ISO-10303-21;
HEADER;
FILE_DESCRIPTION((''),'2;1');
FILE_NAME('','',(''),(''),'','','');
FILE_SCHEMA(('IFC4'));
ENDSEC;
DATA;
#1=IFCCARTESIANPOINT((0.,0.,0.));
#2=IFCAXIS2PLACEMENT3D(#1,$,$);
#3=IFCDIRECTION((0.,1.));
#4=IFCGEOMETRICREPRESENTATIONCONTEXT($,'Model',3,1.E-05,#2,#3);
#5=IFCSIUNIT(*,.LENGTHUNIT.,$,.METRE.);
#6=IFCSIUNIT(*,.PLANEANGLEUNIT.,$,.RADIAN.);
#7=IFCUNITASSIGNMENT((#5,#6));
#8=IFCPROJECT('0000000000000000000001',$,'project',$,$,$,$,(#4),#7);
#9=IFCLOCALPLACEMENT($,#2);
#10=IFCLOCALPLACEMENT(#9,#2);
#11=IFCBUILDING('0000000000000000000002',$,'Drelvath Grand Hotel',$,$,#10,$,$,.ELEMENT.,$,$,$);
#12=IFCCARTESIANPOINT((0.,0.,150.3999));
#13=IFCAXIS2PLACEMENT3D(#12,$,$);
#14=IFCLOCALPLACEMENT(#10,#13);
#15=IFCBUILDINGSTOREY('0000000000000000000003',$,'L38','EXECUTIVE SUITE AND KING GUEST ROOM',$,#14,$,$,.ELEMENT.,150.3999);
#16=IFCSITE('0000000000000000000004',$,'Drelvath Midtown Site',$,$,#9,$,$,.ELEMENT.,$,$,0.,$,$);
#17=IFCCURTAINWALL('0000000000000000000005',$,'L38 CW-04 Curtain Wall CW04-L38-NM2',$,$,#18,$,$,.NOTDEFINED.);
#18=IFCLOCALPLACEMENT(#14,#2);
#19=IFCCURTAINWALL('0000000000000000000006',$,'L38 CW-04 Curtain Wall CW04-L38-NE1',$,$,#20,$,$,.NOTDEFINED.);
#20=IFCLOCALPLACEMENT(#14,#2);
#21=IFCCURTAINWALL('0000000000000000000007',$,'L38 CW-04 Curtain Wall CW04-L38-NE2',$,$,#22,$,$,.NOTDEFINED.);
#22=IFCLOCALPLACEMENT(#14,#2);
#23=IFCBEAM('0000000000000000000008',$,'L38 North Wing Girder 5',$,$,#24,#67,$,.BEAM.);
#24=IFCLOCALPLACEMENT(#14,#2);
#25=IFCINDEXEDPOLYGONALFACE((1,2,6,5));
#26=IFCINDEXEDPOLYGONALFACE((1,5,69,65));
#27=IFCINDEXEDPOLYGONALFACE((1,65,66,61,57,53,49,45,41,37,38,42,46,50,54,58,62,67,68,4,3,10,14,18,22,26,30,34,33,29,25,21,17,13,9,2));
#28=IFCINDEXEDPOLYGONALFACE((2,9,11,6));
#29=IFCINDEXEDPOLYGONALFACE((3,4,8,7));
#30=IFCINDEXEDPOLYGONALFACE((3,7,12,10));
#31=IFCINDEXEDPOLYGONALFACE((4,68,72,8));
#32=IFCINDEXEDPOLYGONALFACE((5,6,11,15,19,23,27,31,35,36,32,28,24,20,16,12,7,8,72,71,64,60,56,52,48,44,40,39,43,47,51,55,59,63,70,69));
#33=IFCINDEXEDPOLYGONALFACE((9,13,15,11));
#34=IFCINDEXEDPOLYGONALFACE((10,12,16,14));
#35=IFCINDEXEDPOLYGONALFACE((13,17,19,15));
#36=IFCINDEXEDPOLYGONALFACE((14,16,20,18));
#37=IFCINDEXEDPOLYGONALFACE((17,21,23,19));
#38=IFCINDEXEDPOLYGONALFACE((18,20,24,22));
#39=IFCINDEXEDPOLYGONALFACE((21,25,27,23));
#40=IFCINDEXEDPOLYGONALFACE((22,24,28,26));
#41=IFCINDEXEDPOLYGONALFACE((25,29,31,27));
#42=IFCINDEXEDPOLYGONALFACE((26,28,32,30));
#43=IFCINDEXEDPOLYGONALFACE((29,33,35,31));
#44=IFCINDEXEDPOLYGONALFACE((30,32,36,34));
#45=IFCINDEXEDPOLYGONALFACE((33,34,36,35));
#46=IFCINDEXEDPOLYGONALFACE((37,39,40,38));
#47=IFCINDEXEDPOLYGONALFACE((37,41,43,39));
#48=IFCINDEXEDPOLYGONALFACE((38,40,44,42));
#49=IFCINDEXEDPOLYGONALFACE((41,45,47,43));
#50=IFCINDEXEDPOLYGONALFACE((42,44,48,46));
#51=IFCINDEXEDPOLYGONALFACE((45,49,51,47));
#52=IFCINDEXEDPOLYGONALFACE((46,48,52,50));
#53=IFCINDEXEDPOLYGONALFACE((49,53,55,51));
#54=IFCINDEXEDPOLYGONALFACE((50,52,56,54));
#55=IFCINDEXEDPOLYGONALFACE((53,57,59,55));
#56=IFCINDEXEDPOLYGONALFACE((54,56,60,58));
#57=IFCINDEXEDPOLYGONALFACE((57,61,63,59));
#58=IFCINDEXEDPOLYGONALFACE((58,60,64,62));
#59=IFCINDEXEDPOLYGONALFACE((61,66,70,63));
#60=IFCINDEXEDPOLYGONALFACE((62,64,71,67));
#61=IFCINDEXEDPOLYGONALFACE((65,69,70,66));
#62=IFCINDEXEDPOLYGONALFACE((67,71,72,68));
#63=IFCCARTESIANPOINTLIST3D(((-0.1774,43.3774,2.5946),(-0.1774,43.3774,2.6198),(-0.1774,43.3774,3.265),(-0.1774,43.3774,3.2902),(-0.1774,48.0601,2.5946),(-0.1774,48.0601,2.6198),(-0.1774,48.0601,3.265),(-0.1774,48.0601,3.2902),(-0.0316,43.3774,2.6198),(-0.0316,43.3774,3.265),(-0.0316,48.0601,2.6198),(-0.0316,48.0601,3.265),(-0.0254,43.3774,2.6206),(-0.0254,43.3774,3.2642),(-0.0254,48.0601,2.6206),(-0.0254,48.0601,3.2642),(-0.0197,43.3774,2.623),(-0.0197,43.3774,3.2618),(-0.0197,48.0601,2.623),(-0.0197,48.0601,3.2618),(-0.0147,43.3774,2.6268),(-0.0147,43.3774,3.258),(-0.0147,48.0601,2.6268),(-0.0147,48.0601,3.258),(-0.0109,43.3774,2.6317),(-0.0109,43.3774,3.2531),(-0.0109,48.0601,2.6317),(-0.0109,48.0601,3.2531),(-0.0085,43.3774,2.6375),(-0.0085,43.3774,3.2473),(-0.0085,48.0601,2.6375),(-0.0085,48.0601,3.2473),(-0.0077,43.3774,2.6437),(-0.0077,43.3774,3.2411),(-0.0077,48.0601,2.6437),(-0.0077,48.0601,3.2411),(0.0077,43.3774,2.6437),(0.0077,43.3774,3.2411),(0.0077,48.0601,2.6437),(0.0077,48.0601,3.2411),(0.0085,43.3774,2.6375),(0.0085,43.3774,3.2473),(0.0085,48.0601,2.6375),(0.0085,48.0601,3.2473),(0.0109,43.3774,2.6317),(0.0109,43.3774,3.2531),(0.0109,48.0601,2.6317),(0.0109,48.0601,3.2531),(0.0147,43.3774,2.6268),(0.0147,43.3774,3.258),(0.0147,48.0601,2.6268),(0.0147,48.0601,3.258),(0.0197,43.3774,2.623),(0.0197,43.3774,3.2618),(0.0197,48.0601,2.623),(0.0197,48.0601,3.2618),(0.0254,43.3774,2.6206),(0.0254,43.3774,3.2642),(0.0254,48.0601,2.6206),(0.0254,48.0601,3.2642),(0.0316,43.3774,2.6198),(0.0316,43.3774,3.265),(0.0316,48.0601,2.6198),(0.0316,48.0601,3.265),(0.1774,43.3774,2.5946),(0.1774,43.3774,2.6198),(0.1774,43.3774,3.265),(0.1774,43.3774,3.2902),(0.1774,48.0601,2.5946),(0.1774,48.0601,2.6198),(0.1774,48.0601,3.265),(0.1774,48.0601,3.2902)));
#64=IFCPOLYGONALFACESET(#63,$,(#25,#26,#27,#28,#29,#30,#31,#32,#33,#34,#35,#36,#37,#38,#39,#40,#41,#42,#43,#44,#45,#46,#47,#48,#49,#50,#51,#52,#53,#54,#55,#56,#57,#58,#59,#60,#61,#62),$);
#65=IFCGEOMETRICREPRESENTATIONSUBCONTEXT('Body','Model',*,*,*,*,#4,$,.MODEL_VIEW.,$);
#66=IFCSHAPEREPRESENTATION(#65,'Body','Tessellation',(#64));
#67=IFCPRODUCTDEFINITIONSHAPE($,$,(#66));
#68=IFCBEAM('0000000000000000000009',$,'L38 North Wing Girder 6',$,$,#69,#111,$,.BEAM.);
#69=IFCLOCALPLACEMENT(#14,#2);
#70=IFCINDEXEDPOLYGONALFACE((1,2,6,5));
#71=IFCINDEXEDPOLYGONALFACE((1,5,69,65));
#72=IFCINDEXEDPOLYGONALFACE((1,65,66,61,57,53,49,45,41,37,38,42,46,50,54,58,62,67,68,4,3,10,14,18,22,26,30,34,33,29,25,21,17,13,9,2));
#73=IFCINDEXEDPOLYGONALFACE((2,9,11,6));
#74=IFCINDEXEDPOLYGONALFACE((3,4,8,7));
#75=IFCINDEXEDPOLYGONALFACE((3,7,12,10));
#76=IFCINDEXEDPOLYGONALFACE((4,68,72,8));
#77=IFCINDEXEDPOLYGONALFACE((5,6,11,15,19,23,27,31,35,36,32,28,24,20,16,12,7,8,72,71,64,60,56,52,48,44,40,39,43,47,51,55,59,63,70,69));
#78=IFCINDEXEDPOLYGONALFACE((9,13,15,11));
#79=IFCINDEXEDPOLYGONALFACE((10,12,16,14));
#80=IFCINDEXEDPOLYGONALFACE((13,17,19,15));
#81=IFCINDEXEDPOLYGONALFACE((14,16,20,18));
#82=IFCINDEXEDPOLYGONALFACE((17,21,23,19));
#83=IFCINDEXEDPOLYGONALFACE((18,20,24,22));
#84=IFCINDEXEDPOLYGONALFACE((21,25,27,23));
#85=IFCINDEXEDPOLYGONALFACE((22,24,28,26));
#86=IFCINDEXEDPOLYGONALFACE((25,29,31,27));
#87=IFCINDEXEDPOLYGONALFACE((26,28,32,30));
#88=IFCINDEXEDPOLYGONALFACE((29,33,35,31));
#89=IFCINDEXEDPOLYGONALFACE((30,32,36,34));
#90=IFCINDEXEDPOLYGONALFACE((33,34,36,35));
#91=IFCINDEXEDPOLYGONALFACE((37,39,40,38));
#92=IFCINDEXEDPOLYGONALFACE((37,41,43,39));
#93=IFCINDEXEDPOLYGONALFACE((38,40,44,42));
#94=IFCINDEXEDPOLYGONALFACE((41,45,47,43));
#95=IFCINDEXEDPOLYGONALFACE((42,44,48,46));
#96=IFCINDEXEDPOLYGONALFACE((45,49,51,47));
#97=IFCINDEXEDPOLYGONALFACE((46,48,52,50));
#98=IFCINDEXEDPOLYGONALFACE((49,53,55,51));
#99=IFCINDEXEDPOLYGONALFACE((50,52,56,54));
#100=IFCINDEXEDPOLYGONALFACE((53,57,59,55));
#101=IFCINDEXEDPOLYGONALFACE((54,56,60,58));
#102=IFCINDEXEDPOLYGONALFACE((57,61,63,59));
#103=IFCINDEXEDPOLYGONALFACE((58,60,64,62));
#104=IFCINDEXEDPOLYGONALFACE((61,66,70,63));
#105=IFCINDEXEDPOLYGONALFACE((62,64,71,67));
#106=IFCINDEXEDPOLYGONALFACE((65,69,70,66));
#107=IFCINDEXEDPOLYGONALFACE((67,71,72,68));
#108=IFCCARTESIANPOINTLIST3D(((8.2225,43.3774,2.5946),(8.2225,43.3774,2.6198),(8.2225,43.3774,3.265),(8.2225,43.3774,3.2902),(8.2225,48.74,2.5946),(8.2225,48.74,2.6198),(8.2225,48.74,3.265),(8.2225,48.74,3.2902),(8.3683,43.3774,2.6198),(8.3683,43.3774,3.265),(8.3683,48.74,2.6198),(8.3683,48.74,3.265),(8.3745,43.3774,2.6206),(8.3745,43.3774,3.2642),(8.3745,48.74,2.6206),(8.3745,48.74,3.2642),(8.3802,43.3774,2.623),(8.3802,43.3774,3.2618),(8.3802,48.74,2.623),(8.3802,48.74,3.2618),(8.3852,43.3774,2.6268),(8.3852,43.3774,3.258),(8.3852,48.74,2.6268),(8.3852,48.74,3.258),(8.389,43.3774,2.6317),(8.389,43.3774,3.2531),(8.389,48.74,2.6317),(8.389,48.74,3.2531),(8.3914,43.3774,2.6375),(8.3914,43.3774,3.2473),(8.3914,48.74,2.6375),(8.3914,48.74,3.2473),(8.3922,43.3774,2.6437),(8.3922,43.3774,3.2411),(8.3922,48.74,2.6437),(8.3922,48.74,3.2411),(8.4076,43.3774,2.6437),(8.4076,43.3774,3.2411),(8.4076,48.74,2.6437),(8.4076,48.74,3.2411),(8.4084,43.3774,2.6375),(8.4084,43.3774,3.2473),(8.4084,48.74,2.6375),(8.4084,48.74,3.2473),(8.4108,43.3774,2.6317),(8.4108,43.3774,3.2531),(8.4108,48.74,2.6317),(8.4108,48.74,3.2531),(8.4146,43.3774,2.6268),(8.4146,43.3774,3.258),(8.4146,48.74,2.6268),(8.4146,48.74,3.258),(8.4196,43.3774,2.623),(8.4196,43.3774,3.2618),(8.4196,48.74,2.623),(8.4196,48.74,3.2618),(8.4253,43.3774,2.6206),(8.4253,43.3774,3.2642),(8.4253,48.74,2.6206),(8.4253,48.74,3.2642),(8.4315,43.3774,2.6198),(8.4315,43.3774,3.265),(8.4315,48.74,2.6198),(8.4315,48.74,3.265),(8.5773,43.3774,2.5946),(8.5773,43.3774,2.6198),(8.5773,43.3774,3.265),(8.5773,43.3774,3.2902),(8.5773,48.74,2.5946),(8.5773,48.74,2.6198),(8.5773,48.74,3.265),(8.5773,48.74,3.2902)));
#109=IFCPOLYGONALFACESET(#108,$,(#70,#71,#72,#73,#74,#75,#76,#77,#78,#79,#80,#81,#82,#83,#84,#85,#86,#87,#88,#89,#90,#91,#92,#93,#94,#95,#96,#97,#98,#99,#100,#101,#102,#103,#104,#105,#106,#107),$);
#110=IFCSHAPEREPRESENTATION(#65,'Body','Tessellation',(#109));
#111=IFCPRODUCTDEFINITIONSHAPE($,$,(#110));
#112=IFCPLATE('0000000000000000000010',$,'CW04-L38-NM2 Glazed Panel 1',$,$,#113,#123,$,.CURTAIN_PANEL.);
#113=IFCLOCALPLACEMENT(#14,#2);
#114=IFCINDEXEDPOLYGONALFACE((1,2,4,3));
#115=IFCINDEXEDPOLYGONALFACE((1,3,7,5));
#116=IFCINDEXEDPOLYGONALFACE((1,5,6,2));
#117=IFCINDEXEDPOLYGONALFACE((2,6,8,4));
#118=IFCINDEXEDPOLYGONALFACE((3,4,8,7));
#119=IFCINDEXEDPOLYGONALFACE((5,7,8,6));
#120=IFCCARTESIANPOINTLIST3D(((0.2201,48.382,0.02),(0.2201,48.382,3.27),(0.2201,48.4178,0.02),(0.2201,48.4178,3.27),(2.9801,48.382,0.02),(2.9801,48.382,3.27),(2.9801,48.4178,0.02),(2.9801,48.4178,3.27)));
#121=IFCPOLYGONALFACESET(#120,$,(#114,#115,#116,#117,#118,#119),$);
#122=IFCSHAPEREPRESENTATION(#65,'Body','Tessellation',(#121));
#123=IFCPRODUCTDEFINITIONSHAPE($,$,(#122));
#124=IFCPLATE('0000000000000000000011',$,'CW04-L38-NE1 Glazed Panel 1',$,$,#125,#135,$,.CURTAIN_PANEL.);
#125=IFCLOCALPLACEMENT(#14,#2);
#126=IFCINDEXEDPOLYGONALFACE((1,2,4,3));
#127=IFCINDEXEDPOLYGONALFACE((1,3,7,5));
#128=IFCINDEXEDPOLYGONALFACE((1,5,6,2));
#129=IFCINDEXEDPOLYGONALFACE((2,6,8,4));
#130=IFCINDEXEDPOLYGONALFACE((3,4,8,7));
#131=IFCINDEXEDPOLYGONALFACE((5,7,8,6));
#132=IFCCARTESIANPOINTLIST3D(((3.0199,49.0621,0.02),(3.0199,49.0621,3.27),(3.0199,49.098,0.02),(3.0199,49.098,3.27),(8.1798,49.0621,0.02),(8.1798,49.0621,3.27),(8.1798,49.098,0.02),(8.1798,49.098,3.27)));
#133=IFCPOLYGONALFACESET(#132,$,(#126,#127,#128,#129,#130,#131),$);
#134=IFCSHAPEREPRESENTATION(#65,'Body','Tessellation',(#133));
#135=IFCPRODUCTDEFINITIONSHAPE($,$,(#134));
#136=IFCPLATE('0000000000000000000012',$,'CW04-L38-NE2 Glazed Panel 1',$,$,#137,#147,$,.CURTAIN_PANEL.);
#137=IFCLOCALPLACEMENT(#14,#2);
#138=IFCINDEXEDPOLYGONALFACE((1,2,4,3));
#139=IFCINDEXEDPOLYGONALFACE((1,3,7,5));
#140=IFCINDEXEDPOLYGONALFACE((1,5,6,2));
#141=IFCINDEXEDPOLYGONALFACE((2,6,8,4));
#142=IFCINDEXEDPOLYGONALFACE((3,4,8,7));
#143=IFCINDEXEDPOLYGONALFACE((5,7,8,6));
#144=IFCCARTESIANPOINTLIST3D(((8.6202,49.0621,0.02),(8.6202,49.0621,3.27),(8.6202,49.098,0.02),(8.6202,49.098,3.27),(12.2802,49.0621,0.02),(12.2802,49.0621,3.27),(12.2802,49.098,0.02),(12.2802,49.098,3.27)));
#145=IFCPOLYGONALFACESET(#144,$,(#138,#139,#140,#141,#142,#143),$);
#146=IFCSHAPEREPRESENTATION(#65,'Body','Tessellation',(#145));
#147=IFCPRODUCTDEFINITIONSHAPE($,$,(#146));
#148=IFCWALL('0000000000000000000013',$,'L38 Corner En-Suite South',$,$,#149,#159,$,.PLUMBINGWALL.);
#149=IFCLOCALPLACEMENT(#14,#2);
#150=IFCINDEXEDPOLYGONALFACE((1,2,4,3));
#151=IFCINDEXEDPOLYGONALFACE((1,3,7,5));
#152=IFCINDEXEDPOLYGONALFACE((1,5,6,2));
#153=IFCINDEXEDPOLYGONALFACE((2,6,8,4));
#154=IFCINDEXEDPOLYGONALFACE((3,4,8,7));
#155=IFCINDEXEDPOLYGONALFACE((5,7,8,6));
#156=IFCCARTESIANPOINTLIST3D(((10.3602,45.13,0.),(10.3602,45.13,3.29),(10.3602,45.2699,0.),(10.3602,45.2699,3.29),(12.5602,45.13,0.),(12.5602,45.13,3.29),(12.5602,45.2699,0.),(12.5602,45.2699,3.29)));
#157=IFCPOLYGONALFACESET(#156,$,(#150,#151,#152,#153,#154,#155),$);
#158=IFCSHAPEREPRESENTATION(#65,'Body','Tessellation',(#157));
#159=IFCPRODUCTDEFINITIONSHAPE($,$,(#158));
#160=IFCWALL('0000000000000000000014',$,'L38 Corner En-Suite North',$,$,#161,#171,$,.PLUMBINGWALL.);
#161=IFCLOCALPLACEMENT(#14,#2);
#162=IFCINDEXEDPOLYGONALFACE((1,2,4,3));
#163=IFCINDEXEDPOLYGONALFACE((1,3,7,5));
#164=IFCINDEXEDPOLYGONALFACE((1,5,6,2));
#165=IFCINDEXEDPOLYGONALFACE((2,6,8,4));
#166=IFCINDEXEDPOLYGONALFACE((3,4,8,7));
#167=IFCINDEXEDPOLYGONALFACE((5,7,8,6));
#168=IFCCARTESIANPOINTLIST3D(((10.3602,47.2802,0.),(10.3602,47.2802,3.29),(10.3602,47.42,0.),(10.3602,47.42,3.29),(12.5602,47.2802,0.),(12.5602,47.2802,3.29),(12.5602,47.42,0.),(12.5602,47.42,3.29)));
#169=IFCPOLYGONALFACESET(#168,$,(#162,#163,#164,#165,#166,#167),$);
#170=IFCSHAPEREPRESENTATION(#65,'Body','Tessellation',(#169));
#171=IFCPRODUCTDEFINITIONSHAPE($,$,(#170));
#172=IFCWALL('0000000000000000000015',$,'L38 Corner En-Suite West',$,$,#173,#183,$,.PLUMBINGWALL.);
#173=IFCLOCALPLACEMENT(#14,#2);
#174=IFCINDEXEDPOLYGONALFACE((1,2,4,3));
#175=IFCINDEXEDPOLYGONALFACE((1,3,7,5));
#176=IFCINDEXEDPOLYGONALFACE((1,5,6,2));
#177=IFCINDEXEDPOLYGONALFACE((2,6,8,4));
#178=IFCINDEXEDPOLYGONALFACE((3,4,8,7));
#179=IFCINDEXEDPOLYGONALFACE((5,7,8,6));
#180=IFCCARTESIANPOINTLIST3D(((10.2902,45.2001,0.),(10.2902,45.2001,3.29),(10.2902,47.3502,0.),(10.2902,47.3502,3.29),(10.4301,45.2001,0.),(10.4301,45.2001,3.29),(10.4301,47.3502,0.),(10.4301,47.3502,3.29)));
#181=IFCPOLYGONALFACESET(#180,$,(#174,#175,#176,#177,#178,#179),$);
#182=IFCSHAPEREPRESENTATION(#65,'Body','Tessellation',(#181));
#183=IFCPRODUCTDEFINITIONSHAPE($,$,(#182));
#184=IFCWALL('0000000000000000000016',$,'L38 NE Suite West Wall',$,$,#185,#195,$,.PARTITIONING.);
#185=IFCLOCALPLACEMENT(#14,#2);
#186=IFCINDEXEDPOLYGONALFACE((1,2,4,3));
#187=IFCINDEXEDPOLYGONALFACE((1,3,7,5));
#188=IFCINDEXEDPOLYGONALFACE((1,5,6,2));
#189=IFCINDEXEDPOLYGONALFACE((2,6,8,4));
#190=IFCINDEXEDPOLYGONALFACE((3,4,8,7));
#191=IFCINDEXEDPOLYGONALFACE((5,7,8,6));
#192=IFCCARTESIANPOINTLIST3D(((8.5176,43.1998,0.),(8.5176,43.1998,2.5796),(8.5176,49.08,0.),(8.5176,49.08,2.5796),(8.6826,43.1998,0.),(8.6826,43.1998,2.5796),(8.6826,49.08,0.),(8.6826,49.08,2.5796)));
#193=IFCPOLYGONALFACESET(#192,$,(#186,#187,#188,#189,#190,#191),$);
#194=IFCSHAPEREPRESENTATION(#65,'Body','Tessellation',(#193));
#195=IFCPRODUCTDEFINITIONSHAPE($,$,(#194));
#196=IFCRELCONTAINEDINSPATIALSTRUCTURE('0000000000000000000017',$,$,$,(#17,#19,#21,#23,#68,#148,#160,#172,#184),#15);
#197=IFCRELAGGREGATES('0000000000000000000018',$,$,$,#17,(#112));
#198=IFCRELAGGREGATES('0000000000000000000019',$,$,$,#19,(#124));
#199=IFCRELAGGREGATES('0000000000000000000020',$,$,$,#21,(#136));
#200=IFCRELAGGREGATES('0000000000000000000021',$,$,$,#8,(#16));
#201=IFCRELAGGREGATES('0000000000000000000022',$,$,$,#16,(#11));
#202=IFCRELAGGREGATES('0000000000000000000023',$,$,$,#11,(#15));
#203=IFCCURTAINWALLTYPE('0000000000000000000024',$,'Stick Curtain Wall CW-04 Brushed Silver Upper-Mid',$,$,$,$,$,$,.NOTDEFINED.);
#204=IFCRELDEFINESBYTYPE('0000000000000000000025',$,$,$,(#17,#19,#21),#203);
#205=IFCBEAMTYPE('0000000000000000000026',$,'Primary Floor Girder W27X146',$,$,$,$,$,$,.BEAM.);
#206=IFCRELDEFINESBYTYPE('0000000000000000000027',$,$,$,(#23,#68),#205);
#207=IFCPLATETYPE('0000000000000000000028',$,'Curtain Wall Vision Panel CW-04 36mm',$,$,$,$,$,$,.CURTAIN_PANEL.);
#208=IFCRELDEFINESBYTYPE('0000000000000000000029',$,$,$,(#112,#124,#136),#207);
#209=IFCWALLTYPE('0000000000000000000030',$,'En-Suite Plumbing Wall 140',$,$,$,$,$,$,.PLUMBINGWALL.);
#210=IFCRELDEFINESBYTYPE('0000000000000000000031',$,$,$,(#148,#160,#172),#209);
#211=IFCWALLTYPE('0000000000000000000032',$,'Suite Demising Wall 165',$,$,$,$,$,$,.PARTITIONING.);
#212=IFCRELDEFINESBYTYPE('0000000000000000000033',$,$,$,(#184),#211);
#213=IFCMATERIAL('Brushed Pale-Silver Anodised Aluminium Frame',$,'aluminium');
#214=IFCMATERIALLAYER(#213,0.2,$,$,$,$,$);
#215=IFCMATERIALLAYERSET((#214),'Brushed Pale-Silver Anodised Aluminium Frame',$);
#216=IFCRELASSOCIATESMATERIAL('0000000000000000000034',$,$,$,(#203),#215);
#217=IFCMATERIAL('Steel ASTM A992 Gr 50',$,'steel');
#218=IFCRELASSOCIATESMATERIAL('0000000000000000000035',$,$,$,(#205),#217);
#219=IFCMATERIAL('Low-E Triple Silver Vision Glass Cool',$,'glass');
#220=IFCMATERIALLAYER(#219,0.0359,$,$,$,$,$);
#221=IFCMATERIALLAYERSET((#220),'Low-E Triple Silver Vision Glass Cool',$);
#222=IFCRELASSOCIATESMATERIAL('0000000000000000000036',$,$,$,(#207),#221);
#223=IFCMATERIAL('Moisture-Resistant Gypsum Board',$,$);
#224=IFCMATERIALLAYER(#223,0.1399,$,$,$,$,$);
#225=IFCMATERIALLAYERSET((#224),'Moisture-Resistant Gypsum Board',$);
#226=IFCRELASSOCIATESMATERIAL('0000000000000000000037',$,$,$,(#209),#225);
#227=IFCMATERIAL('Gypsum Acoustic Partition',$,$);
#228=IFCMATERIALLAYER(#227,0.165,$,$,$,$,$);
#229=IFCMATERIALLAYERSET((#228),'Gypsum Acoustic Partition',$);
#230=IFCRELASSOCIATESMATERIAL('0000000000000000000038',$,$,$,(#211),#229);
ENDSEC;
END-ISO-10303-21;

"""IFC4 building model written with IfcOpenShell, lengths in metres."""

from ifc_helpers import new_model, si_unit, direction, frame, frame_2d, origin, origin_2d, place, context, subcontext, project, spatial, rectangle, i_section, extrude, material, layer, layer_set, material_profile, profile_set, type_object, element, aggregate, save


model = new_model("IFC4")

# Units and contexts
model_context = context("Model", 3, precision=1e-05, world=origin(), true_north=direction((0.0, 1.0)))
body_context = subcontext(model_context, "Body", "Model", "MODEL_VIEW")
ifc_project = project(units=[si_unit("LENGTHUNIT", "METRE"), si_unit("PLANEANGLEUNIT", "RADIAN")], contexts=[model_context])

# Site, building, storey
site_placement = place(None, origin())
site = spatial("IfcSite", under=ifc_project, at=site_placement, Name="Drelvath Midtown Site", CompositionType="ELEMENT", RefElevation=0.0)
building_placement = place(site_placement, origin())
building = spatial("IfcBuilding", under=site, at=building_placement, Name="Drelvath Grand Hotel", CompositionType="ELEMENT")
storey_placement = place(building_placement, frame((0.0, 0.0, 150.3999)))
storey = spatial("IfcBuildingStorey", under=building, at=storey_placement, Name="L38", Description="EXECUTIVE SUITE AND KING GUEST ROOM", CompositionType="ELEMENT", Elevation=150.3999)

# Curtain walls
ifc_material_1 = material(Name="Brushed Pale-Silver Anodised Aluminium Frame", Category="aluminium")
ifc_layer_1 = layer(ifc_material_1, 0.2)
ifc_layer_set_1 = layer_set([ifc_layer_1], Name="Brushed Pale-Silver Anodised Aluminium Frame")
curtain_wall_type = type_object("IfcCurtainWallType", Name="Stick Curtain Wall CW-04 Brushed Silver Upper-Mid", PredefinedType="NOTDEFINED", material=ifc_layer_set_1)
curtain_wall_1_placement = place(storey_placement, origin())
curtain_wall_1 = element("IfcCurtainWall", 1, at=curtain_wall_1_placement, inside=storey, type_object=curtain_wall_type, Name="L38 CW-04 Curtain Wall CW04-L38-NM2", PredefinedType="NOTDEFINED")
curtain_wall_2_placement = place(storey_placement, origin())
curtain_wall_2 = element("IfcCurtainWall", 2, at=curtain_wall_2_placement, inside=storey, type_object=curtain_wall_type, Name="L38 CW-04 Curtain Wall CW04-L38-NE1", PredefinedType="NOTDEFINED")
curtain_wall_3_placement = place(storey_placement, origin())
curtain_wall_3 = element("IfcCurtainWall", 3, at=curtain_wall_3_placement, inside=storey, type_object=curtain_wall_type, Name="L38 CW-04 Curtain Wall CW04-L38-NE2", PredefinedType="NOTDEFINED")

# Beams
ifc_material_2 = material(Name="Steel ASTM A992 Gr 50", Category="steel")
ifc_material_profile_1 = material_profile(ifc_material_2, i_section(OverallWidth=0.3547, OverallDepth=0.6956, WebThickness=0.0154, FlangeThickness=0.0251, FilletRadius=0.0239, at=origin_2d()), Name="W27X146")
ifc_profile_set_1 = profile_set([ifc_material_profile_1], Name="Steel ASTM A992 Gr 50")
beam_type_1 = type_object("IfcBeamType", Name="Primary Floor Girder W27X146", PredefinedType="BEAM", material=ifc_profile_set_1)
beam_1_placement = place(storey_placement, frame((0.0, 43.3774, 2.9424), z_axis=(0.0, 1.0, 0.0), x_axis=(-1.0, 0.0, 0.0)))
element("IfcBeam", 4, at=beam_1_placement, inside=storey, type_object=beam_type_1, Name="L38 North Wing Girder 5", PredefinedType="BEAM", context=body_context, shape_type="SweptSolid", body=[
    extrude(i_section(OverallWidth=0.3547, OverallDepth=0.6956, WebThickness=0.0154, FlangeThickness=0.0251, FilletRadius=0.0239, at=origin_2d()), origin(), (0.0, 0.0, 1.0), 4.6826),
])
beam_2_placement = place(storey_placement, frame((8.3999, 43.3774, 2.9424), z_axis=(0.0, 1.0, 0.0), x_axis=(-1.0, 0.0, 0.0)))
element("IfcBeam", 5, at=beam_2_placement, inside=storey, type_object=beam_type_1, Name="L38 North Wing Girder 6", PredefinedType="BEAM", context=body_context, shape_type="SweptSolid", body=[
    extrude(i_section(OverallWidth=0.3547, OverallDepth=0.6956, WebThickness=0.0154, FlangeThickness=0.0251, FilletRadius=0.0239, at=origin_2d()), origin(), (0.0, 0.0, 1.0), 5.3625),
])

# Plates
ifc_material_3 = material(Name="Low-E Triple Silver Vision Glass Cool", Category="glass")
ifc_layer_2 = layer(ifc_material_3, 0.0359)
ifc_layer_set_2 = layer_set([ifc_layer_2], Name="Low-E Triple Silver Vision Glass Cool")
plate_type = type_object("IfcPlateType", Name="Curtain Wall Vision Panel CW-04 36mm", PredefinedType="CURTAIN_PANEL", material=ifc_layer_set_2)
plate_1_placement = place(storey_placement, frame((1.6001, 48.3999, 0.02), z_axis=(0.0, 0.0, 1.0), x_axis=(1.0, 0.0, 0.0)))
plate_1 = element("IfcPlate", 6, at=plate_1_placement, type_object=plate_type, Name="CW04-L38-NM2 Glazed Panel 1", PredefinedType="CURTAIN_PANEL", context=body_context, shape_type="SweptSolid", body=[
    extrude(rectangle(XDim=2.76, YDim=0.0359, at=origin_2d()), origin(), (0.0, 0.0, 1.0), 3.25),
])
aggregate(curtain_wall_1, [plate_1])
plate_2_placement = place(storey_placement, frame((5.5999, 49.0801, 0.02), z_axis=(0.0, 0.0, 1.0), x_axis=(1.0, 0.0, 0.0)))
plate_2 = element("IfcPlate", 7, at=plate_2_placement, type_object=plate_type, Name="CW04-L38-NE1 Glazed Panel 1", PredefinedType="CURTAIN_PANEL", context=body_context, shape_type="SweptSolid", body=[
    extrude(rectangle(XDim=5.1599, YDim=0.0359, at=origin_2d()), origin(), (0.0, 0.0, 1.0), 3.25),
])
aggregate(curtain_wall_2, [plate_2])
plate_3_placement = place(storey_placement, frame((10.4502, 49.0801, 0.02), z_axis=(0.0, 0.0, 1.0), x_axis=(1.0, 0.0, 0.0)))
plate_3 = element("IfcPlate", 8, at=plate_3_placement, type_object=plate_type, Name="CW04-L38-NE2 Glazed Panel 1", PredefinedType="CURTAIN_PANEL", context=body_context, shape_type="SweptSolid", body=[
    extrude(rectangle(XDim=3.6599, YDim=0.0359, at=origin_2d()), origin(), (0.0, 0.0, 1.0), 3.25),
])
aggregate(curtain_wall_3, [plate_3])

# Walls
ifc_material_4 = material(Name="Moisture-Resistant Gypsum Board")
ifc_layer_3 = layer(ifc_material_4, 0.1399)
ifc_layer_set_3 = layer_set([ifc_layer_3], Name="Moisture-Resistant Gypsum Board")
wall_type_1 = type_object("IfcWallType", Name="En-Suite Plumbing Wall 140", PredefinedType="PLUMBINGWALL", material=ifc_layer_set_3)
for number, where, z_axis, x_axis, name in (
    (9, (10.3601, 45.2, 0.0), (0.0, 0.0, 1.0), (1.0, 0.0, 0.0), "L38 Corner En-Suite South"),
    (10, (10.3601, 47.3501, 0.0), (0.0, 0.0, 1.0), (1.0, 0.0, 0.0), "L38 Corner En-Suite North"),
):
    element("IfcWall", number, at=place(storey_placement, frame(where, z_axis=z_axis, x_axis=x_axis)), inside=storey, type_object=wall_type_1, Name=name, PredefinedType="PLUMBINGWALL", context=body_context, shape_type="SweptSolid", body=[
        extrude(rectangle(XDim=2.2, YDim=0.1399, at=frame_2d((1.1001, 0.0))), origin(), (0.0, 0.0, 1.0), 3.29),
    ])
wall_1_placement = place(storey_placement, frame((10.3601, 45.2, 0.0), z_axis=(0.0, 0.0, 1.0), x_axis=(0.0, 1.0, 0.0)))
element("IfcWall", 11, at=wall_1_placement, inside=storey, type_object=wall_type_1, Name="L38 Corner En-Suite West", PredefinedType="PLUMBINGWALL", context=body_context, shape_type="SweptSolid", body=[
    extrude(rectangle(XDim=2.1501, YDim=0.1399, at=frame_2d((1.0752, 0.0))), origin(), (0.0, 0.0, 1.0), 3.29),
])
ifc_material_5 = material(Name="Gypsum Acoustic Partition")
ifc_layer_4 = layer(ifc_material_5, 0.165)
ifc_layer_set_4 = layer_set([ifc_layer_4], Name="Gypsum Acoustic Partition")
wall_type_2 = type_object("IfcWallType", Name="Suite Demising Wall 165", PredefinedType="PARTITIONING", material=ifc_layer_set_4)
wall_2_placement = place(storey_placement, frame((8.6001, 43.2, 0.0), z_axis=(0.0, 0.0, 1.0), x_axis=(0.0, 1.0, 0.0)))
element("IfcWall", 12, at=wall_2_placement, inside=storey, type_object=wall_type_2, Name="L38 NE Suite West Wall", PredefinedType="PARTITIONING", context=body_context, shape_type="SweptSolid", body=[
    extrude(rectangle(XDim=5.8801, YDim=0.165, at=frame_2d((2.9399, 0.0))), origin(), (0.0, 0.0, 1.0), 2.5796),
])

save(model, "model.ifc")
